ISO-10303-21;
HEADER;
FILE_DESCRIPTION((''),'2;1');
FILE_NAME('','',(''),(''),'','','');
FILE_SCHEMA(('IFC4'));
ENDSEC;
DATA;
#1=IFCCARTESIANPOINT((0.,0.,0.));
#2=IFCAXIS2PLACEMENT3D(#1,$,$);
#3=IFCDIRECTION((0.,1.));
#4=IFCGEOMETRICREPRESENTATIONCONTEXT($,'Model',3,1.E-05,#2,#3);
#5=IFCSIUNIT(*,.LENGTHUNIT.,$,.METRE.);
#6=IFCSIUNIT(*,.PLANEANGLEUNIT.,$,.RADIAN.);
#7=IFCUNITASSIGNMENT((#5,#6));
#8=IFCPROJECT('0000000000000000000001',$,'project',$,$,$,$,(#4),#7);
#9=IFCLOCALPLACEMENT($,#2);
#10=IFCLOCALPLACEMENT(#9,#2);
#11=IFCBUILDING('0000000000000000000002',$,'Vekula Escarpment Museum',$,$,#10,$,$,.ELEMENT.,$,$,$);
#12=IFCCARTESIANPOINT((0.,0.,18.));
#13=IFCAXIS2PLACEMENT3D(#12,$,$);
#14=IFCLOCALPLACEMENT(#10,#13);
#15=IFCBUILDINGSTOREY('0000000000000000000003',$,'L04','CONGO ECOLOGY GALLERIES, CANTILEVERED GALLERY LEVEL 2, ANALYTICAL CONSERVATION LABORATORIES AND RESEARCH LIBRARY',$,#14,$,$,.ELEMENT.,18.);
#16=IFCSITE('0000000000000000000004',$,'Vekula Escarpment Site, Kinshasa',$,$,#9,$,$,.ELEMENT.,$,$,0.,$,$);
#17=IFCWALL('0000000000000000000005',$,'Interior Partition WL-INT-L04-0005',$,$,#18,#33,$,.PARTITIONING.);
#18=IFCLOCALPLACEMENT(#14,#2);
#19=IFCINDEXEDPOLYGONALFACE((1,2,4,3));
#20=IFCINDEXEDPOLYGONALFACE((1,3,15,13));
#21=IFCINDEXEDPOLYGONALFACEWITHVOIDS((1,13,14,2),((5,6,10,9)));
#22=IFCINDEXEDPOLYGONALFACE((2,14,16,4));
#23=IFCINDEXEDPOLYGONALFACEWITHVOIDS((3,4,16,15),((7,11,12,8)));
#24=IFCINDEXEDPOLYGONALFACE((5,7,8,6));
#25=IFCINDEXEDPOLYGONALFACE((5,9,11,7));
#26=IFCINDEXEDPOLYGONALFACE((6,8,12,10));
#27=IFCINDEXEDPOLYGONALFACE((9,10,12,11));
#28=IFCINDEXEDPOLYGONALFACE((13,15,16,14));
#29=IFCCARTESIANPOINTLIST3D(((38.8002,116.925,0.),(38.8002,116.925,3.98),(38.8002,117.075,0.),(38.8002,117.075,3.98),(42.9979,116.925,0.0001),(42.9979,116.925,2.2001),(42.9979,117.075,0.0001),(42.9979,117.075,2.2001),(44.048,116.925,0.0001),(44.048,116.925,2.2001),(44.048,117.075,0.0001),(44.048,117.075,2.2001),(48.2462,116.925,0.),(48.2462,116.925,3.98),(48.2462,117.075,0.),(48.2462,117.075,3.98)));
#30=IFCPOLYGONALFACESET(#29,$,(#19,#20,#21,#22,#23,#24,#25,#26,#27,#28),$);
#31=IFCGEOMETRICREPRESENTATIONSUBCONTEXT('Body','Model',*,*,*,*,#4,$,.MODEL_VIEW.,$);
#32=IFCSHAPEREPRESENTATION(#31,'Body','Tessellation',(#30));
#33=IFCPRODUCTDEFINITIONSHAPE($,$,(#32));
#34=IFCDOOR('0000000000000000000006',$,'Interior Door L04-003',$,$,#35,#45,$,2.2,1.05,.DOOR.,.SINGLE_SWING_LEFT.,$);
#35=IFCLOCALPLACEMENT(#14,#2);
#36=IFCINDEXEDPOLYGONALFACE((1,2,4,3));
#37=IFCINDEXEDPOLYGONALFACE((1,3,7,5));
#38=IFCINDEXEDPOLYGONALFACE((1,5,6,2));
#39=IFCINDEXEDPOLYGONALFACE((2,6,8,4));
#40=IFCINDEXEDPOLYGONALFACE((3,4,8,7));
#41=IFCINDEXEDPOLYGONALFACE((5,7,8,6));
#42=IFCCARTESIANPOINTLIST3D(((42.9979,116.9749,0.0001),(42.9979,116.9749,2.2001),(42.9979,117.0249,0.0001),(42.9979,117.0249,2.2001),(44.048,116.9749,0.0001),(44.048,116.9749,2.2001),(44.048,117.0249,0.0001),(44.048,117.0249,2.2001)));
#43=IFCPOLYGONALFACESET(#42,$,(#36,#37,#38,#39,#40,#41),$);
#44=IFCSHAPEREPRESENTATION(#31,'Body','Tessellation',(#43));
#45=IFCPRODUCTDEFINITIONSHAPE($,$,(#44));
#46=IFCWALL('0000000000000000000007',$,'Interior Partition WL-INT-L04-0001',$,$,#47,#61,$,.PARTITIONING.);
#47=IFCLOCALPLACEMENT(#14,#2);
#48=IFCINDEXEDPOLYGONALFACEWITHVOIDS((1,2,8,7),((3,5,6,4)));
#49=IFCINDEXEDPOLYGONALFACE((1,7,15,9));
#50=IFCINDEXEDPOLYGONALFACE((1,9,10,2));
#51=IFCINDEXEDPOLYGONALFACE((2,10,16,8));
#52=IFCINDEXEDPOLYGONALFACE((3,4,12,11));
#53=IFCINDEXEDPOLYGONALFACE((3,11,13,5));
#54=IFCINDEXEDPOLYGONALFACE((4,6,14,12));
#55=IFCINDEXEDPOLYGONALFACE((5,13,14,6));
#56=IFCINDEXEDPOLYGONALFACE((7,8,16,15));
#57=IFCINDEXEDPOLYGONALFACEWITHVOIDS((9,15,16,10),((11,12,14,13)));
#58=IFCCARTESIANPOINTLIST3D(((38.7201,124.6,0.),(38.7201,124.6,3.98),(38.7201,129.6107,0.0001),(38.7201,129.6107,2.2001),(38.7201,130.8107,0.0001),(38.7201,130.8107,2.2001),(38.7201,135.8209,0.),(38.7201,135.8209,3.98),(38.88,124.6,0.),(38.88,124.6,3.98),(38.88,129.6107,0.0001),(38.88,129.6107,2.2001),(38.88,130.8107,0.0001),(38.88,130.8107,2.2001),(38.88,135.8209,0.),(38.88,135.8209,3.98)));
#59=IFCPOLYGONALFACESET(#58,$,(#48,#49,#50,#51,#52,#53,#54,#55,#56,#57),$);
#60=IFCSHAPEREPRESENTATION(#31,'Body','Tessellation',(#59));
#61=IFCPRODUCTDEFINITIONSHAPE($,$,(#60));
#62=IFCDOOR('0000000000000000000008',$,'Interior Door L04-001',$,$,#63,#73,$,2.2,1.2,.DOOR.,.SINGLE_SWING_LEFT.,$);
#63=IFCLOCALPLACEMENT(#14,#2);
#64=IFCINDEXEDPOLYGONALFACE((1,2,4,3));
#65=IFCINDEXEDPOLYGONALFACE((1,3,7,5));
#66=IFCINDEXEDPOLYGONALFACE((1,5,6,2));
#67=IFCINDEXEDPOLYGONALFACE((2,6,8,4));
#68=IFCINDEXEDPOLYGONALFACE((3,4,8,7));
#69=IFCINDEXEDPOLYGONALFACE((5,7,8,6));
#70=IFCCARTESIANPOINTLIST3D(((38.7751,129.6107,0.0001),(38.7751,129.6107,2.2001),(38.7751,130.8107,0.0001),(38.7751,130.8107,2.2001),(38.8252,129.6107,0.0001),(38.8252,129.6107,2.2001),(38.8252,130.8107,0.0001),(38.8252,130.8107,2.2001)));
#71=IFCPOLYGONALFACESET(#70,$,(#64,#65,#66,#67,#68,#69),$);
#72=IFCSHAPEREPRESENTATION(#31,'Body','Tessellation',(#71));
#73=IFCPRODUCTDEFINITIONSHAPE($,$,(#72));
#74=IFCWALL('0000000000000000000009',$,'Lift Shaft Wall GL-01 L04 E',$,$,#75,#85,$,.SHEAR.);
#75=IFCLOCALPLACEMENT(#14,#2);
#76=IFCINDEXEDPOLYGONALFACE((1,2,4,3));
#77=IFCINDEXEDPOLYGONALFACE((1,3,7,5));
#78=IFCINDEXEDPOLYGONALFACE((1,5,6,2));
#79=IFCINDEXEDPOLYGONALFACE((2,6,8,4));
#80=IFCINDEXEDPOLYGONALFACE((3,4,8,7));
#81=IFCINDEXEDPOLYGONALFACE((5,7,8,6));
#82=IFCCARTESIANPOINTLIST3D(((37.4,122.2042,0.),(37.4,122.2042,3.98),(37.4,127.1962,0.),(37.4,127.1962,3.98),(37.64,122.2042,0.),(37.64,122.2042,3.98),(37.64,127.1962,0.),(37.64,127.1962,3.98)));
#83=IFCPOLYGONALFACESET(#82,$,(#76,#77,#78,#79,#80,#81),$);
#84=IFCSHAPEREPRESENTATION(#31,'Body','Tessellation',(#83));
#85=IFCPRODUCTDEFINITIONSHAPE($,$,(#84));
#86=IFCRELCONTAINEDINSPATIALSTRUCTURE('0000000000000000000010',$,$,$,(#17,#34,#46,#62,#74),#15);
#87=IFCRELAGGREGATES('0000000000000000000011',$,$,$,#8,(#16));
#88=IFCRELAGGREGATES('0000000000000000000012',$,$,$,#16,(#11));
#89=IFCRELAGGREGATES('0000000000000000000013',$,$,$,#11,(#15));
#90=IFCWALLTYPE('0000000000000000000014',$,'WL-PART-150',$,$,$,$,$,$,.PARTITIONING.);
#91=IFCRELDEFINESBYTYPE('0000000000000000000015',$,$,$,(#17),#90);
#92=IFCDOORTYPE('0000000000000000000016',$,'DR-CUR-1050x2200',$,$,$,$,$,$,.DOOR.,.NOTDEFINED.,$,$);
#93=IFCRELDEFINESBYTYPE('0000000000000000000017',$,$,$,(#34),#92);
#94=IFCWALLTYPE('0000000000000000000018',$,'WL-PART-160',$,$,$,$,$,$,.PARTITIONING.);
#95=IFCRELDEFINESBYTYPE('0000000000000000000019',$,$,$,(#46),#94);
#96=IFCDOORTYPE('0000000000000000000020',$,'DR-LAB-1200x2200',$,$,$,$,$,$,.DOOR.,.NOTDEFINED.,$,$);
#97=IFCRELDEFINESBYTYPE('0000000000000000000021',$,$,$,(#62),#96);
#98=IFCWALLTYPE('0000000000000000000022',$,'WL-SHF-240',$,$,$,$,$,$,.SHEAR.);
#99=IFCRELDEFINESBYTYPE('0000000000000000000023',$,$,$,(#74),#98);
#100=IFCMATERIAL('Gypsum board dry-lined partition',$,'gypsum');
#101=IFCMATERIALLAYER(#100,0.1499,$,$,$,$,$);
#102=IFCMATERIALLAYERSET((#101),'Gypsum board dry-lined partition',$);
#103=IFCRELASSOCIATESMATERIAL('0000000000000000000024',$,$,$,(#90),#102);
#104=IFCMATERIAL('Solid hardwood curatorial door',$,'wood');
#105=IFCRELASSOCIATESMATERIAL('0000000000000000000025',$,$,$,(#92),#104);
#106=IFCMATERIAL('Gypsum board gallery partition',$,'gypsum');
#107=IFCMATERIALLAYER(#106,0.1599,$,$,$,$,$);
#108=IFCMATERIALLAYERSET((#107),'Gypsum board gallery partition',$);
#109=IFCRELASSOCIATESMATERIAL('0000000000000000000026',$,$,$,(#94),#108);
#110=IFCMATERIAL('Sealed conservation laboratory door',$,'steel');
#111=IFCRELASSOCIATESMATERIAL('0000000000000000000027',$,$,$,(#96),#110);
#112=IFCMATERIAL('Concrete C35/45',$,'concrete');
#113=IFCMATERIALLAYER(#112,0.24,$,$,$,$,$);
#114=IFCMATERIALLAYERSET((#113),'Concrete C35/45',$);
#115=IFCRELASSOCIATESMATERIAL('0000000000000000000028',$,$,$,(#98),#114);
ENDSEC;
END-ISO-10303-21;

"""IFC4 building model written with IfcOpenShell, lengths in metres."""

from ifc_helpers import new_model, si_unit, direction, frame, frame_2d, origin, place, context, subcontext, project, spatial, rectangle, extrude, material, layer, layer_set, type_object, element, fill, save


model = new_model("IFC4")

# Units and contexts
model_context = context("Model", 3, precision=1e-05, world=origin(), true_north=direction((0.0, 1.0)))
body_context = subcontext(model_context, "Body", "Model", "MODEL_VIEW")
ifc_project = project(units=[si_unit("LENGTHUNIT", "METRE"), si_unit("PLANEANGLEUNIT", "RADIAN")], contexts=[model_context])

# Site, building, storey
site_placement = place(None, origin())
site = spatial("IfcSite", under=ifc_project, at=site_placement, Name="Vekula Escarpment Site, Kinshasa", CompositionType="ELEMENT", RefElevation=0.0)
building_placement = place(site_placement, origin())
building = spatial("IfcBuilding", under=site, at=building_placement, Name="Vekula Escarpment Museum", CompositionType="ELEMENT")
storey_placement = place(building_placement, frame((0.0, 0.0, 18.0)))
storey = spatial("IfcBuildingStorey", under=building, at=storey_placement, Name="L04", Description="CONGO ECOLOGY GALLERIES, CANTILEVERED GALLERY LEVEL 2, ANALYTICAL CONSERVATION LABORATORIES AND RESEARCH LIBRARY", CompositionType="ELEMENT", Elevation=18.0)

# Walls, openings, doors
ifc_material_1 = material(Name="Gypsum board dry-lined partition", Category="gypsum")
ifc_layer_1 = layer(ifc_material_1, 0.1499)
ifc_layer_set_1 = layer_set([ifc_layer_1], Name="Gypsum board dry-lined partition")
wall_type_1 = type_object("IfcWallType", Name="WL-PART-150", PredefinedType="PARTITIONING", material=ifc_layer_set_1)
wall_1_placement = place(storey_placement, frame((38.8, 117.0, 0.0), z_axis=(0.0, 0.0, 1.0), x_axis=(1.0, 0.0, 0.0)))
wall_1 = element("IfcWall", 1, at=wall_1_placement, inside=storey, type_object=wall_type_1, Name="Interior Partition WL-INT-L04-0005", PredefinedType="PARTITIONING", context=body_context, shape_type="SweptSolid", body=[
    extrude(rectangle(XDim=9.446, YDim=0.1499, at=frame_2d((4.7231, 0.0))), origin(), (0.0, 0.0, 1.0), 3.98),
])
opening_1_placement = place(wall_1_placement, frame((4.198, 0.0, 0.0)))
opening_1 = element("IfcOpeningElement", 2, at=opening_1_placement, cuts=wall_1, PredefinedType="OPENING", context=body_context, shape_type="SweptSolid", body=[
    extrude(rectangle(XDim=1.05, YDim=2.2, at=frame_2d((0.5249, 1.1001))), frame((0.0, 0.085, 0.0), z_axis=(0.0, -1.0, 0.0), x_axis=(1.0, 0.0, 0.0)), (0.0, 0.0, 1.0), 0.1699),
])
ifc_material_2 = material(Name="Solid hardwood curatorial door", Category="wood")
door_type_1 = type_object("IfcDoorType", Name="DR-CUR-1050x2200", OperationType="NOTDEFINED", PredefinedType="DOOR", material=ifc_material_2)
door_1_placement = place(opening_1_placement, origin())
door_1 = element("IfcDoor", 3, at=door_1_placement, inside=storey, type_object=door_type_1, Name="Interior Door L04-003", OperationType="SINGLE_SWING_LEFT", OverallHeight=2.2, OverallWidth=1.05, PredefinedType="DOOR", context=body_context, shape_type="SweptSolid", body=[
    extrude(rectangle(XDim=1.05, YDim=2.2, at=frame_2d((0.5249, 1.1001))), frame((0.0, 0.0249, 0.0), z_axis=(0.0, -1.0, 0.0), x_axis=(1.0, 0.0, 0.0)), (0.0, 0.0, 1.0), 0.05),
])
fill(opening_1, door_1)
ifc_material_3 = material(Name="Gypsum board gallery partition", Category="gypsum")
ifc_layer_2 = layer(ifc_material_3, 0.1599)
ifc_layer_set_2 = layer_set([ifc_layer_2], Name="Gypsum board gallery partition")
wall_type_2 = type_object("IfcWallType", Name="WL-PART-160", PredefinedType="PARTITIONING", material=ifc_layer_set_2)
wall_2_placement = place(storey_placement, frame((38.8, 124.6001, 0.0), z_axis=(0.0, 0.0, 1.0), x_axis=(0.0, 1.0, 0.0)))
wall_2 = element("IfcWall", 4, at=wall_2_placement, inside=storey, type_object=wall_type_2, Name="Interior Partition WL-INT-L04-0001", PredefinedType="PARTITIONING", context=body_context, shape_type="SweptSolid", body=[
    extrude(rectangle(XDim=11.2209, YDim=0.1599, at=frame_2d((5.6104, 0.0))), origin(), (0.0, 0.0, 1.0), 3.98),
])
opening_2_placement = place(wall_2_placement, frame((5.0105, 0.0, 0.0)))
opening_2 = element("IfcOpeningElement", 5, at=opening_2_placement, cuts=wall_2, PredefinedType="OPENING", context=body_context, shape_type="SweptSolid", body=[
    extrude(rectangle(XDim=1.2, YDim=2.2, at=frame_2d((0.6001, 1.1001))), frame((0.0, 0.0898, 0.0), z_axis=(0.0, -1.0, 0.0), x_axis=(1.0, 0.0, 0.0)), (0.0, 0.0, 1.0), 0.1799),
])
ifc_material_4 = material(Name="Sealed conservation laboratory door", Category="steel")
door_type_2 = type_object("IfcDoorType", Name="DR-LAB-1200x2200", OperationType="NOTDEFINED", PredefinedType="DOOR", material=ifc_material_4)
door_2_placement = place(opening_2_placement, origin())
door_2 = element("IfcDoor", 6, at=door_2_placement, inside=storey, type_object=door_type_2, Name="Interior Door L04-001", OperationType="SINGLE_SWING_LEFT", OverallHeight=2.2, OverallWidth=1.2, PredefinedType="DOOR", context=body_context, shape_type="SweptSolid", body=[
    extrude(rectangle(XDim=1.2, YDim=2.2, at=frame_2d((0.6001, 1.1001))), frame((0.0, 0.0249, 0.0), z_axis=(0.0, -1.0, 0.0), x_axis=(1.0, 0.0, 0.0)), (0.0, 0.0, 1.0), 0.05),
])
fill(opening_2, door_2)

# Wall
ifc_material_5 = material(Name="Concrete C35/45", Category="concrete")
ifc_layer_3 = layer(ifc_material_5, 0.24)
ifc_layer_set_3 = layer_set([ifc_layer_3], Name="Concrete C35/45")
wall_type_3 = type_object("IfcWallType", Name="WL-SHF-240", PredefinedType="SHEAR", material=ifc_layer_set_3)
wall_3_placement = place(storey_placement, frame((37.52, 122.2041, 0.0), z_axis=(0.0, 0.0, 1.0), x_axis=(0.0, 1.0, 0.0)))
element("IfcWall", 7, at=wall_3_placement, inside=storey, type_object=wall_type_3, Name="Lift Shaft Wall GL-01 L04 E", PredefinedType="SHEAR", context=body_context, shape_type="SweptSolid", body=[
    extrude(rectangle(XDim=4.9919, YDim=0.24, at=frame_2d((2.4961, 0.0))), origin(), (0.0, 0.0, 1.0), 3.98),
])

save(model, "model.ifc")
